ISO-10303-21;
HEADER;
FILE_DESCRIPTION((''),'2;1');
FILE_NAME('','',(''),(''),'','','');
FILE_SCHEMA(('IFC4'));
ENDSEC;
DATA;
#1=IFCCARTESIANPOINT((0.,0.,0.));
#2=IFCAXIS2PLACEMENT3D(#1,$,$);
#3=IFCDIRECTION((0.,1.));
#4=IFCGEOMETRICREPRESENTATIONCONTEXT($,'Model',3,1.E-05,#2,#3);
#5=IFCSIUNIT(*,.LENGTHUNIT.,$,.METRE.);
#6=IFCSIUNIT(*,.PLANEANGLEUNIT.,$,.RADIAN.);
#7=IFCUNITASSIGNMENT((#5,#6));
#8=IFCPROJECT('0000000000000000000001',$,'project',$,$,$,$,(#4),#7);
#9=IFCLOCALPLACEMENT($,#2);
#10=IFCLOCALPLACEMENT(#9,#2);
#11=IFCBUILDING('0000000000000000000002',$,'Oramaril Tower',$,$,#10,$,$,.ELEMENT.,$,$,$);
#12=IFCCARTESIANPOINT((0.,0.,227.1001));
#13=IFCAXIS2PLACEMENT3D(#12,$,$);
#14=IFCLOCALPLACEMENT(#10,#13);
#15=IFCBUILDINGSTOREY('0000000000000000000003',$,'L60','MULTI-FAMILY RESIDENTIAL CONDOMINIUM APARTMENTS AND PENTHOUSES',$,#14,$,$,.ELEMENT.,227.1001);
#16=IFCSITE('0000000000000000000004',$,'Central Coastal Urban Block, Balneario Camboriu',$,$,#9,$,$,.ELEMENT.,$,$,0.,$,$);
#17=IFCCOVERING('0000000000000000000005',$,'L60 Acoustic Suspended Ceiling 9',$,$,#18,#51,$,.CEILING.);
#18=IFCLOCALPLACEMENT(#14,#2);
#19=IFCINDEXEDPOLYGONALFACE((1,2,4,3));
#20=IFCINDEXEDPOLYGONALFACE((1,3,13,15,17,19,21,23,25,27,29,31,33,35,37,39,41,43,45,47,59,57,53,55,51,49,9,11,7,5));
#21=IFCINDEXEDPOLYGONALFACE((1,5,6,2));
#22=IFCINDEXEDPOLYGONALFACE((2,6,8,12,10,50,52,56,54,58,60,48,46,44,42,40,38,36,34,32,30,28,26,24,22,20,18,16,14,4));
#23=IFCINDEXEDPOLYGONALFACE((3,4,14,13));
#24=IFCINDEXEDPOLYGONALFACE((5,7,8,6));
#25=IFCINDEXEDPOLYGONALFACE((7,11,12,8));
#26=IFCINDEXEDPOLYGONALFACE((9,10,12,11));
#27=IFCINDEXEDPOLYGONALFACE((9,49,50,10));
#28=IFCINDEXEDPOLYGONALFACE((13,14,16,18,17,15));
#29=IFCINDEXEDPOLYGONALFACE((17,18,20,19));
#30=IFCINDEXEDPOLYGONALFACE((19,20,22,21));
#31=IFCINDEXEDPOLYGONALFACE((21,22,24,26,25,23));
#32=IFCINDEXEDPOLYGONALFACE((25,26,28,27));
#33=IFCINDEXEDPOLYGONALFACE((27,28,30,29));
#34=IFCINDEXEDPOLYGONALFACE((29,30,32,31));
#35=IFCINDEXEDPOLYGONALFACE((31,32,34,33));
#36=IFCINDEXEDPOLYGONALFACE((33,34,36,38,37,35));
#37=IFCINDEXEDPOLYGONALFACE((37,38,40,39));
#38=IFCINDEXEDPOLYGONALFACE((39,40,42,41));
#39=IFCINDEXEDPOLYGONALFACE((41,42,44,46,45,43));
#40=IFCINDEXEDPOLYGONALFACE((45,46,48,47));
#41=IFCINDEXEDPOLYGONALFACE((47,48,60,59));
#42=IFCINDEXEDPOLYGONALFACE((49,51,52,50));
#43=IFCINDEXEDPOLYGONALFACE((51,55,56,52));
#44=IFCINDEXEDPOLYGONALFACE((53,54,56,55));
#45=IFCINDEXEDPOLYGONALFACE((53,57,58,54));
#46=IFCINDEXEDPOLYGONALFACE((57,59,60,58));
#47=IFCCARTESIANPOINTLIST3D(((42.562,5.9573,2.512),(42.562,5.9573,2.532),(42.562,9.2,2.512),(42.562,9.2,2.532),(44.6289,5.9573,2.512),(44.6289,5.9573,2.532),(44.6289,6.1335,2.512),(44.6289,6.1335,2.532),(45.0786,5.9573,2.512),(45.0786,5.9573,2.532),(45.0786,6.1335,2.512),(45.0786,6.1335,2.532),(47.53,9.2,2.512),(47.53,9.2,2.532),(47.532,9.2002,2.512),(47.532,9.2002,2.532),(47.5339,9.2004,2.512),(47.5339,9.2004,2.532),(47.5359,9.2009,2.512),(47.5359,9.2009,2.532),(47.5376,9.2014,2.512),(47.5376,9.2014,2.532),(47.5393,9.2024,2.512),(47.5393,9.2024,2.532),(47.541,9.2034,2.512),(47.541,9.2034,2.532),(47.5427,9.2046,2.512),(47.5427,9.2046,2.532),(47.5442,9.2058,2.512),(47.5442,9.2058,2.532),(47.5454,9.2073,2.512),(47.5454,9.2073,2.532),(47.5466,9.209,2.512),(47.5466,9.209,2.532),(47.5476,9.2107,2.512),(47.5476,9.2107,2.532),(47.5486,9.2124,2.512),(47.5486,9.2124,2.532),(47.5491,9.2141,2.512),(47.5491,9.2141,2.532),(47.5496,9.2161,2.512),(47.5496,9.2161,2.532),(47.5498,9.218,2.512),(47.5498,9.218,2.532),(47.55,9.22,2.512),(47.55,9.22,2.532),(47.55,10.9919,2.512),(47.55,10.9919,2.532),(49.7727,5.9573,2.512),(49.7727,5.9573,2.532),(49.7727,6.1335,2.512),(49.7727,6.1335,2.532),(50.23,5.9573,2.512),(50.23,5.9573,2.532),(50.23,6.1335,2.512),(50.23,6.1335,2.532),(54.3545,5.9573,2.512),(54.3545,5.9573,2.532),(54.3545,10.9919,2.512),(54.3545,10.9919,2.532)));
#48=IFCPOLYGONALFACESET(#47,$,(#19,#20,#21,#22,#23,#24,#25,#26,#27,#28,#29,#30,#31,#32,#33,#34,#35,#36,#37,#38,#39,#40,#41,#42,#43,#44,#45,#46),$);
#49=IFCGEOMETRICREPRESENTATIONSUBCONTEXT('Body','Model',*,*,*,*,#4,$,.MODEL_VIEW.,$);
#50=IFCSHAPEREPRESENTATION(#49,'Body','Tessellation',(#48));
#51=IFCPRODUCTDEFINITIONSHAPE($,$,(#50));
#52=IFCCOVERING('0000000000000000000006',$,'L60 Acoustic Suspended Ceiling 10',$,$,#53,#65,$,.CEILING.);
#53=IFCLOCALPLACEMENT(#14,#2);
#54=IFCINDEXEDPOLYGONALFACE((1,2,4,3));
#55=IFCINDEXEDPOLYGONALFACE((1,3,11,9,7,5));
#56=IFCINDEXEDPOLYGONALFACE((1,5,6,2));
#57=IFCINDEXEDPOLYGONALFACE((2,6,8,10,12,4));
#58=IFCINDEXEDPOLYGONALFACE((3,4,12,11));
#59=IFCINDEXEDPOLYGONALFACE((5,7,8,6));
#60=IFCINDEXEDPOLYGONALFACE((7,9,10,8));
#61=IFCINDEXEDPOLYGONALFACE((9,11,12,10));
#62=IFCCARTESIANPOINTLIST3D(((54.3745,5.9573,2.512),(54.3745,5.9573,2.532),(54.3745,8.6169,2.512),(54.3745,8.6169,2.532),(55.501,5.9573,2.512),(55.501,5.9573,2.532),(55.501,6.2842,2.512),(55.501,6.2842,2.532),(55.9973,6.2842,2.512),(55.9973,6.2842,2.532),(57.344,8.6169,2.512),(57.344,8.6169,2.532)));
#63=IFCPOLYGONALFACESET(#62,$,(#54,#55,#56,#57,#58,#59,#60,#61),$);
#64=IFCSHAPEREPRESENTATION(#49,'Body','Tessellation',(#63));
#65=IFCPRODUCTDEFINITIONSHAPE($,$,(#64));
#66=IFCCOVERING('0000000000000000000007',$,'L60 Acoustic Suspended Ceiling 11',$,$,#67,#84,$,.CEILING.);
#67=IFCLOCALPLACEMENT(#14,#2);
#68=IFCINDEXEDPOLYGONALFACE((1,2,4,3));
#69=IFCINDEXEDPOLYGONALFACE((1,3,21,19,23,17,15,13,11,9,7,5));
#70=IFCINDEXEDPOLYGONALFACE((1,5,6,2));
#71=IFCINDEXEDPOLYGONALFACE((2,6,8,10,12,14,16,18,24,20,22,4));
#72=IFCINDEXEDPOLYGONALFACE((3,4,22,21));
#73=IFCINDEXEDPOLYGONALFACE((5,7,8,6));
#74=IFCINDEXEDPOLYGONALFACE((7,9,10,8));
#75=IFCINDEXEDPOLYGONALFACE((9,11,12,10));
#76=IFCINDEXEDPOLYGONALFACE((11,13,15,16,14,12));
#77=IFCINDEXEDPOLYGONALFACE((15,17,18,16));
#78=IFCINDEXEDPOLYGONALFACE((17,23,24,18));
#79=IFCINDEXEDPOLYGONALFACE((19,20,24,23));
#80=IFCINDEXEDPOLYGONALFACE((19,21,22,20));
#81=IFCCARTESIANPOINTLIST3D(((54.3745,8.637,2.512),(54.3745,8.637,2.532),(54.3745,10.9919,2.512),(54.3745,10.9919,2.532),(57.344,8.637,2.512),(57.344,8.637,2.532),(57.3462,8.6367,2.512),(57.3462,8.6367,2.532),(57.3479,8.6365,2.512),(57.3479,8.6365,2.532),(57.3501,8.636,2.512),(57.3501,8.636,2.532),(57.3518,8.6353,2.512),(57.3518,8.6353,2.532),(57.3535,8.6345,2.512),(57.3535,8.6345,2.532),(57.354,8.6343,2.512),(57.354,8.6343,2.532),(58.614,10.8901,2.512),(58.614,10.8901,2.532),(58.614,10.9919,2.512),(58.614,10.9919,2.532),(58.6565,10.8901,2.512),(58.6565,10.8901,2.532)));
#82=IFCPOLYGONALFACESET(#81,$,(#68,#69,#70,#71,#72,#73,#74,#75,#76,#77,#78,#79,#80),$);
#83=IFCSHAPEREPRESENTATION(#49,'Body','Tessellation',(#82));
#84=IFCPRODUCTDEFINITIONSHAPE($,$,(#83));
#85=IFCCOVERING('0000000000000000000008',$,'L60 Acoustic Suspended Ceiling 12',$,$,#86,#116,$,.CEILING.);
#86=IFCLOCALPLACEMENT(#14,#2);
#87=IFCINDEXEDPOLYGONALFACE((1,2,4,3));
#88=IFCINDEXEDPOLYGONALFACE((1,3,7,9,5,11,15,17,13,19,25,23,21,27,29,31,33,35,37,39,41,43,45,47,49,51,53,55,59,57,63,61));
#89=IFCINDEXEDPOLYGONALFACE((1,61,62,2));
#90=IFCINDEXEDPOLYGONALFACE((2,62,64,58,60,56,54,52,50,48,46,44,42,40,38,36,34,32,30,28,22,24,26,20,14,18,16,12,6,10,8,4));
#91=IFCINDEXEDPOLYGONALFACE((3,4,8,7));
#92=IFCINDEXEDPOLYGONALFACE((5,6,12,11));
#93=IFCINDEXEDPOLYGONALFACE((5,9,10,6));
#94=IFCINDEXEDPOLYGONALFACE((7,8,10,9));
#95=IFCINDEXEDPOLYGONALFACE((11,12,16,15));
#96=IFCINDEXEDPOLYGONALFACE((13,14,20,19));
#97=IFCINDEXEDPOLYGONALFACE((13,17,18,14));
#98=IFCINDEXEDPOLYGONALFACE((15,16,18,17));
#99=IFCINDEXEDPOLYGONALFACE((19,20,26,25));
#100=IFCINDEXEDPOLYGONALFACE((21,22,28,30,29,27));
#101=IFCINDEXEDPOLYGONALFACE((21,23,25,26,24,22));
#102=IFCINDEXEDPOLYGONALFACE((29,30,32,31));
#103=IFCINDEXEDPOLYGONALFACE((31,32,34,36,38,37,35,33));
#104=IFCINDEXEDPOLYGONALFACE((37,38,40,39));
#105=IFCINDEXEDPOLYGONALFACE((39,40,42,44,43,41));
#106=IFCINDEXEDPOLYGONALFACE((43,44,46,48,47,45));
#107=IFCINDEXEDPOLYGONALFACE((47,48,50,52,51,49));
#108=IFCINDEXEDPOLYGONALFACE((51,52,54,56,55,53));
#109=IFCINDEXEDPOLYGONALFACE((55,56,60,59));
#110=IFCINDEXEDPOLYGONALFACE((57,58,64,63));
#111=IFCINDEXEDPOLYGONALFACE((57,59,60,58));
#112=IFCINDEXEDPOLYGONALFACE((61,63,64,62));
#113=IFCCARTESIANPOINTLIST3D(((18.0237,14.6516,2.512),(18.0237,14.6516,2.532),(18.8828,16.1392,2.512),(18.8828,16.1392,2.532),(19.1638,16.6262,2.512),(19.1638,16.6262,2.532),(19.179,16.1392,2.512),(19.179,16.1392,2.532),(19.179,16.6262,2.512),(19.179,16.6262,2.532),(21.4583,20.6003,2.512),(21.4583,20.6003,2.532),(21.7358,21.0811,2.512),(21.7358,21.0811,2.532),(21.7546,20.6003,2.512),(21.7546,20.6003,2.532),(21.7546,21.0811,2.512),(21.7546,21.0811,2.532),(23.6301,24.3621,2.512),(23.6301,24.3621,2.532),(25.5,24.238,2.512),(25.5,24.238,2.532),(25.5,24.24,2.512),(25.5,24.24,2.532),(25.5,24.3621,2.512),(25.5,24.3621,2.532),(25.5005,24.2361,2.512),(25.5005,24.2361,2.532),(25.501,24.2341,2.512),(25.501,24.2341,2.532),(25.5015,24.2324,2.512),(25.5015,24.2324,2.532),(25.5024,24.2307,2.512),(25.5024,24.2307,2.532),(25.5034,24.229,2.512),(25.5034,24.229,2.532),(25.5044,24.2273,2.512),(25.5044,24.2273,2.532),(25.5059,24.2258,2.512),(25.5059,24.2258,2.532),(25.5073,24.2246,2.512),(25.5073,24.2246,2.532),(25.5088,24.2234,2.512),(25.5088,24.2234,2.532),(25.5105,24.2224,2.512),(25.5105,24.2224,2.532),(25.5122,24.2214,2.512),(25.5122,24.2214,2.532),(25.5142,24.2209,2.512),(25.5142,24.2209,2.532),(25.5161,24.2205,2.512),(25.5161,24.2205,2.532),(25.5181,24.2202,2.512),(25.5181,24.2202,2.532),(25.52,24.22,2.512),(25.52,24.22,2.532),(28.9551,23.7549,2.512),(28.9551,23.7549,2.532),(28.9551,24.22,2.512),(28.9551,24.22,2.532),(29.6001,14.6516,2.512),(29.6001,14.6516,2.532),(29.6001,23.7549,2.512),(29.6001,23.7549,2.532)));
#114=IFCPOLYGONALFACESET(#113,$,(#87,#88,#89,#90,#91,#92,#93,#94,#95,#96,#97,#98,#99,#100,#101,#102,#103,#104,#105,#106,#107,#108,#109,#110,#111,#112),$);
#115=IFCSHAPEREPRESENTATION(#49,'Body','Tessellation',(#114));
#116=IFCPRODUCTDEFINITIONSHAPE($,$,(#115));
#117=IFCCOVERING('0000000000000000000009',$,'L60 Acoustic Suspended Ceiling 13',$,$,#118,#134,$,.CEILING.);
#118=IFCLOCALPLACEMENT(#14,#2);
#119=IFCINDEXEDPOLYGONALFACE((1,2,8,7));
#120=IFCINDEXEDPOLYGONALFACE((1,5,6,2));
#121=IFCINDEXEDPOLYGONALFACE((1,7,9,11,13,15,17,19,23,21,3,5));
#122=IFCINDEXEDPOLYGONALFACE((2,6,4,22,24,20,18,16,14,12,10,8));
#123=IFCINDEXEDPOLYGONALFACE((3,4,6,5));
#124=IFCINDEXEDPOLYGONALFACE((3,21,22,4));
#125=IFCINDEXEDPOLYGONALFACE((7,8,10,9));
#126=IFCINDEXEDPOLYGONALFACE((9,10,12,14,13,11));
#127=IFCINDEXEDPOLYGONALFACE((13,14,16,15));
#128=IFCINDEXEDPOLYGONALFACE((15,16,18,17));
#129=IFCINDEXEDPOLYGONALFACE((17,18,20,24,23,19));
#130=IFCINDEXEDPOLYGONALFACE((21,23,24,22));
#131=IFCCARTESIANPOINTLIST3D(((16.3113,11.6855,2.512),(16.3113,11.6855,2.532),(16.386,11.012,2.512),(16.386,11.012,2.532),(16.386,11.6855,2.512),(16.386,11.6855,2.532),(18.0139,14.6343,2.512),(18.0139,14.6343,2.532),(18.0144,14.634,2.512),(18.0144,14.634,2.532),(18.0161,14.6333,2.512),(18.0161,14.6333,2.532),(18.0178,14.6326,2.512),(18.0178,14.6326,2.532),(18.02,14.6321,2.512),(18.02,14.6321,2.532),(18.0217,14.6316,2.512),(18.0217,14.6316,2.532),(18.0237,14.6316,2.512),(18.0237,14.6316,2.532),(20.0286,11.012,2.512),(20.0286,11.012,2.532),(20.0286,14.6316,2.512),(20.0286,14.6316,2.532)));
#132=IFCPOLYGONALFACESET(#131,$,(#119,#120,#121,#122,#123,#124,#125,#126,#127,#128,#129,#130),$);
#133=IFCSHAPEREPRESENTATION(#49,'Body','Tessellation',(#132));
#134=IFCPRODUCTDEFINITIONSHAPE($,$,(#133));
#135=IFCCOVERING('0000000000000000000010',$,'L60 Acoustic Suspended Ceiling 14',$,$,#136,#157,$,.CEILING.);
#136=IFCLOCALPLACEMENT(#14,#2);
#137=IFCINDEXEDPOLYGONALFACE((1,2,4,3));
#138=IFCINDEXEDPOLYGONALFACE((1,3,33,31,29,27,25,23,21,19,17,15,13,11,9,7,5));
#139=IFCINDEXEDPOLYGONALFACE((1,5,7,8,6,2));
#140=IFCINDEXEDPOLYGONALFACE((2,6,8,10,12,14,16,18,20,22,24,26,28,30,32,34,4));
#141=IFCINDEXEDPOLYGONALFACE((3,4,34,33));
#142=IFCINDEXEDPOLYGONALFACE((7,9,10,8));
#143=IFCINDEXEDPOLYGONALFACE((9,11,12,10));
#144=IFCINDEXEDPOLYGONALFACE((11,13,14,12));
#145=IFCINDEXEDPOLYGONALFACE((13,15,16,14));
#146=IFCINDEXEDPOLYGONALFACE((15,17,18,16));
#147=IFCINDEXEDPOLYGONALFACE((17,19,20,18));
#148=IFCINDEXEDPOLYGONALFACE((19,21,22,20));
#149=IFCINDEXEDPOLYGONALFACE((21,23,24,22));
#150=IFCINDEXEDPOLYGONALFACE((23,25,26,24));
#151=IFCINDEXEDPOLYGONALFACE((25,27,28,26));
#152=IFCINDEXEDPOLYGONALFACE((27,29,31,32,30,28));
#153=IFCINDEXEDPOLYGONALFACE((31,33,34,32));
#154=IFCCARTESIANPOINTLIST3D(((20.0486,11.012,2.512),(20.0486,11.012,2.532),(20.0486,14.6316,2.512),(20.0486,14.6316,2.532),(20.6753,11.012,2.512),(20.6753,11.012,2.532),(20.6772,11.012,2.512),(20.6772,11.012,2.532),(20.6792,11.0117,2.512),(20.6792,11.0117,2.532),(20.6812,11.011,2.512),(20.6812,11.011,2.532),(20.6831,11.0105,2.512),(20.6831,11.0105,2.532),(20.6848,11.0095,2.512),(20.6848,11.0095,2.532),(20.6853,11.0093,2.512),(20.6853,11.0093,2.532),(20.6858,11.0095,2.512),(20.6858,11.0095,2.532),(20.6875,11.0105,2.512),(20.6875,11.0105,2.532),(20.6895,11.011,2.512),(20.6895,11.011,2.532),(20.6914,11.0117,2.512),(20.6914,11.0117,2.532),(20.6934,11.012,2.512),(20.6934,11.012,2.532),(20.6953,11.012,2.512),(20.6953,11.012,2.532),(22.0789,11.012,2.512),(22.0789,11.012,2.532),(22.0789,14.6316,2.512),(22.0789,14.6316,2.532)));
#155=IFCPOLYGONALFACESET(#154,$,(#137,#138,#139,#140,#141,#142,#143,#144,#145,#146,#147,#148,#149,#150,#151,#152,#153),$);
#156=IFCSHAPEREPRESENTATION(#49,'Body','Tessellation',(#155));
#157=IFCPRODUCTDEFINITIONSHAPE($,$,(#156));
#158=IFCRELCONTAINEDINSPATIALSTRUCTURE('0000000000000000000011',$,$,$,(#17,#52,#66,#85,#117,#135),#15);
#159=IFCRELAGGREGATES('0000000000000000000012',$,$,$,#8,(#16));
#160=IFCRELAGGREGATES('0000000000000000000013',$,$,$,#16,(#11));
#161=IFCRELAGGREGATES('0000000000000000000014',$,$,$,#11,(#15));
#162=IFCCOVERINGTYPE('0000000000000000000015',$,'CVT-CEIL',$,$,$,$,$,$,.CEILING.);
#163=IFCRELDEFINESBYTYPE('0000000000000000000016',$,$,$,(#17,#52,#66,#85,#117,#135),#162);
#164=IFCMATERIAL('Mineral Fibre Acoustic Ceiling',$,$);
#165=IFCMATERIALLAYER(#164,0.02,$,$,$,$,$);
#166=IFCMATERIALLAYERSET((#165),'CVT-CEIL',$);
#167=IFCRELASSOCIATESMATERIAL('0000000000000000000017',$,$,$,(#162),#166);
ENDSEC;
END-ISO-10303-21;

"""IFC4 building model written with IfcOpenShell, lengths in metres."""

from ifc_helpers import new_model, si_unit, direction, frame, origin, place, context, subcontext, project, spatial, polyline, outline, extrude, material, layer, layer_set, type_object, element, save


model = new_model("IFC4")

# Units and contexts
model_context = context("Model", 3, precision=1e-05, world=origin(), true_north=direction((0.0, 1.0)))
body_context = subcontext(model_context, "Body", "Model", "MODEL_VIEW")
ifc_project = project(units=[si_unit("LENGTHUNIT", "METRE"), si_unit("PLANEANGLEUNIT", "RADIAN")], contexts=[model_context])

# Site, building, storey
site_placement = place(None, origin())
site = spatial("IfcSite", under=ifc_project, at=site_placement, Name="Central Coastal Urban Block, Balneario Camboriu", CompositionType="ELEMENT", RefElevation=0.0)
building_placement = place(site_placement, origin())
building = spatial("IfcBuilding", under=site, at=building_placement, Name="Oramaril Tower", CompositionType="ELEMENT")
storey_placement = place(building_placement, frame((0.0, 0.0, 227.1001)))
storey = spatial("IfcBuildingStorey", under=building, at=storey_placement, Name="L60", Description="MULTI-FAMILY RESIDENTIAL CONDOMINIUM APARTMENTS AND PENTHOUSES", CompositionType="ELEMENT", Elevation=227.1001)

# Coverings
ifc_material_1 = material(Name="Mineral Fibre Acoustic Ceiling")
ifc_layer_1 = layer(ifc_material_1, 0.02)
ifc_layer_set_1 = layer_set([ifc_layer_1], Name="CVT-CEIL")
covering_type_1 = type_object("IfcCoveringType", Name="CVT-CEIL", PredefinedType="CEILING", material=ifc_layer_set_1)
covering_1_placement = place(storey_placement, frame((0.0, 0.0, 2.512)))
element("IfcCovering", 1, at=covering_1_placement, inside=storey, type_object=covering_type_1, Name="L60 Acoustic Suspended Ceiling 9", PredefinedType="CEILING", context=body_context, shape_type="SweptSolid", body=[
    extrude(outline(polyline([(54.3545, 10.9919), (54.3545, 5.9573), (50.23, 5.9573), (50.23, 6.1335), (49.7727, 6.1335), (49.7727, 5.9573), (45.0786, 5.9573), (45.0786, 6.1335), (44.6289, 6.1335), (44.6289, 5.9573), (42.562, 5.9573), (42.562, 9.2), (47.53, 9.2), (47.532, 9.2002), (47.5339, 9.2004), (47.5359, 9.2009), (47.5376, 9.2014), (47.5393, 9.2024), (47.541, 9.2034), (47.5427, 9.2046), (47.5442, 9.2058), (47.5454, 9.2073), (47.5466, 9.209), (47.5476, 9.2107), (47.5486, 9.2124), (47.5491, 9.2141), (47.5496, 9.2161), (47.5498, 9.218), (47.55, 9.22), (47.55, 10.9919), (54.3545, 10.9919)])), origin(), (0.0, 0.0, 1.0), 0.02),
])
covering_2_placement = place(storey_placement, frame((0.0, 0.0, 2.512)))
element("IfcCovering", 2, at=covering_2_placement, inside=storey, type_object=covering_type_1, Name="L60 Acoustic Suspended Ceiling 10", PredefinedType="CEILING", context=body_context, shape_type="SweptSolid", body=[
    extrude(outline(polyline([(55.9973, 6.2842), (55.501, 6.2842), (55.501, 5.9573), (54.3745, 5.9573), (54.3745, 8.6169), (57.344, 8.6169), (55.9973, 6.2842)])), origin(), (0.0, 0.0, 1.0), 0.02),
])
covering_3_placement = place(storey_placement, frame((0.0, 0.0, 2.512)))
element("IfcCovering", 3, at=covering_3_placement, inside=storey, type_object=covering_type_1, Name="L60 Acoustic Suspended Ceiling 11", PredefinedType="CEILING", context=body_context, shape_type="SweptSolid", body=[
    extrude(outline(polyline([(58.614, 10.8901), (58.6565, 10.8901), (57.354, 8.6343), (57.3535, 8.6345), (57.3518, 8.6353), (57.3501, 8.636), (57.3479, 8.6365), (57.3462, 8.6367), (57.344, 8.637), (54.3745, 8.637), (54.3745, 10.9919), (58.614, 10.9919), (58.614, 10.8901)])), origin(), (0.0, 0.0, 1.0), 0.02),
])
covering_4_placement = place(storey_placement, frame((0.0, 0.0, 2.512)))
element("IfcCovering", 4, at=covering_4_placement, inside=storey, type_object=covering_type_1, Name="L60 Acoustic Suspended Ceiling 12", PredefinedType="CEILING", context=body_context, shape_type="SweptSolid", body=[
    extrude(outline(polyline([(28.9551, 23.7549), (29.6001, 23.7549), (29.6001, 14.6516), (18.0237, 14.6516), (18.8828, 16.1392), (19.179, 16.1392), (19.179, 16.6262), (19.1638, 16.6262), (21.4583, 20.6003), (21.7546, 20.6003), (21.7546, 21.0811), (21.7358, 21.0811), (23.6301, 24.3621), (25.5, 24.3621), (25.5, 24.24), (25.5, 24.238), (25.5005, 24.2361), (25.501, 24.2341), (25.5015, 24.2324), (25.5024, 24.2307), (25.5034, 24.229), (25.5044, 24.2273), (25.5059, 24.2258), (25.5073, 24.2246), (25.5088, 24.2234), (25.5105, 24.2224), (25.5122, 24.2214), (25.5142, 24.2209), (25.5161, 24.2205), (25.5181, 24.2202), (25.52, 24.22), (28.9551, 24.22), (28.9551, 23.7549)])), origin(), (0.0, 0.0, 1.0), 0.02),
])
covering_5_placement = place(storey_placement, frame((0.0, 0.0, 2.512)))
element("IfcCovering", 5, at=covering_5_placement, inside=storey, type_object=covering_type_1, Name="L60 Acoustic Suspended Ceiling 13", PredefinedType="CEILING", context=body_context, shape_type="SweptSolid", body=[
    extrude(outline(polyline([(16.386, 11.6855), (16.3113, 11.6855), (18.0139, 14.6343), (18.0144, 14.634), (18.0161, 14.6333), (18.0178, 14.6326), (18.02, 14.6321), (18.0217, 14.6316), (18.0237, 14.6316), (20.0286, 14.6316), (20.0286, 11.012), (16.386, 11.012), (16.386, 11.6855)])), origin(), (0.0, 0.0, 1.0), 0.02),
])
covering_6_placement = place(storey_placement, frame((0.0, 0.0, 2.512)))
element("IfcCovering", 6, at=covering_6_placement, inside=storey, type_object=covering_type_1, Name="L60 Acoustic Suspended Ceiling 14", PredefinedType="CEILING", context=body_context, shape_type="SweptSolid", body=[
    extrude(outline(polyline([(22.0789, 11.012), (20.6953, 11.012), (20.6934, 11.012), (20.6914, 11.0117), (20.6895, 11.011), (20.6875, 11.0105), (20.6858, 11.0095), (20.6853, 11.0093), (20.6848, 11.0095), (20.6831, 11.0105), (20.6812, 11.011), (20.6792, 11.0117), (20.6772, 11.012), (20.6753, 11.012), (20.0486, 11.012), (20.0486, 14.6316), (22.0789, 14.6316), (22.0789, 11.012)])), origin(), (0.0, 0.0, 1.0), 0.02),
])

save(model, "model.ifc")
